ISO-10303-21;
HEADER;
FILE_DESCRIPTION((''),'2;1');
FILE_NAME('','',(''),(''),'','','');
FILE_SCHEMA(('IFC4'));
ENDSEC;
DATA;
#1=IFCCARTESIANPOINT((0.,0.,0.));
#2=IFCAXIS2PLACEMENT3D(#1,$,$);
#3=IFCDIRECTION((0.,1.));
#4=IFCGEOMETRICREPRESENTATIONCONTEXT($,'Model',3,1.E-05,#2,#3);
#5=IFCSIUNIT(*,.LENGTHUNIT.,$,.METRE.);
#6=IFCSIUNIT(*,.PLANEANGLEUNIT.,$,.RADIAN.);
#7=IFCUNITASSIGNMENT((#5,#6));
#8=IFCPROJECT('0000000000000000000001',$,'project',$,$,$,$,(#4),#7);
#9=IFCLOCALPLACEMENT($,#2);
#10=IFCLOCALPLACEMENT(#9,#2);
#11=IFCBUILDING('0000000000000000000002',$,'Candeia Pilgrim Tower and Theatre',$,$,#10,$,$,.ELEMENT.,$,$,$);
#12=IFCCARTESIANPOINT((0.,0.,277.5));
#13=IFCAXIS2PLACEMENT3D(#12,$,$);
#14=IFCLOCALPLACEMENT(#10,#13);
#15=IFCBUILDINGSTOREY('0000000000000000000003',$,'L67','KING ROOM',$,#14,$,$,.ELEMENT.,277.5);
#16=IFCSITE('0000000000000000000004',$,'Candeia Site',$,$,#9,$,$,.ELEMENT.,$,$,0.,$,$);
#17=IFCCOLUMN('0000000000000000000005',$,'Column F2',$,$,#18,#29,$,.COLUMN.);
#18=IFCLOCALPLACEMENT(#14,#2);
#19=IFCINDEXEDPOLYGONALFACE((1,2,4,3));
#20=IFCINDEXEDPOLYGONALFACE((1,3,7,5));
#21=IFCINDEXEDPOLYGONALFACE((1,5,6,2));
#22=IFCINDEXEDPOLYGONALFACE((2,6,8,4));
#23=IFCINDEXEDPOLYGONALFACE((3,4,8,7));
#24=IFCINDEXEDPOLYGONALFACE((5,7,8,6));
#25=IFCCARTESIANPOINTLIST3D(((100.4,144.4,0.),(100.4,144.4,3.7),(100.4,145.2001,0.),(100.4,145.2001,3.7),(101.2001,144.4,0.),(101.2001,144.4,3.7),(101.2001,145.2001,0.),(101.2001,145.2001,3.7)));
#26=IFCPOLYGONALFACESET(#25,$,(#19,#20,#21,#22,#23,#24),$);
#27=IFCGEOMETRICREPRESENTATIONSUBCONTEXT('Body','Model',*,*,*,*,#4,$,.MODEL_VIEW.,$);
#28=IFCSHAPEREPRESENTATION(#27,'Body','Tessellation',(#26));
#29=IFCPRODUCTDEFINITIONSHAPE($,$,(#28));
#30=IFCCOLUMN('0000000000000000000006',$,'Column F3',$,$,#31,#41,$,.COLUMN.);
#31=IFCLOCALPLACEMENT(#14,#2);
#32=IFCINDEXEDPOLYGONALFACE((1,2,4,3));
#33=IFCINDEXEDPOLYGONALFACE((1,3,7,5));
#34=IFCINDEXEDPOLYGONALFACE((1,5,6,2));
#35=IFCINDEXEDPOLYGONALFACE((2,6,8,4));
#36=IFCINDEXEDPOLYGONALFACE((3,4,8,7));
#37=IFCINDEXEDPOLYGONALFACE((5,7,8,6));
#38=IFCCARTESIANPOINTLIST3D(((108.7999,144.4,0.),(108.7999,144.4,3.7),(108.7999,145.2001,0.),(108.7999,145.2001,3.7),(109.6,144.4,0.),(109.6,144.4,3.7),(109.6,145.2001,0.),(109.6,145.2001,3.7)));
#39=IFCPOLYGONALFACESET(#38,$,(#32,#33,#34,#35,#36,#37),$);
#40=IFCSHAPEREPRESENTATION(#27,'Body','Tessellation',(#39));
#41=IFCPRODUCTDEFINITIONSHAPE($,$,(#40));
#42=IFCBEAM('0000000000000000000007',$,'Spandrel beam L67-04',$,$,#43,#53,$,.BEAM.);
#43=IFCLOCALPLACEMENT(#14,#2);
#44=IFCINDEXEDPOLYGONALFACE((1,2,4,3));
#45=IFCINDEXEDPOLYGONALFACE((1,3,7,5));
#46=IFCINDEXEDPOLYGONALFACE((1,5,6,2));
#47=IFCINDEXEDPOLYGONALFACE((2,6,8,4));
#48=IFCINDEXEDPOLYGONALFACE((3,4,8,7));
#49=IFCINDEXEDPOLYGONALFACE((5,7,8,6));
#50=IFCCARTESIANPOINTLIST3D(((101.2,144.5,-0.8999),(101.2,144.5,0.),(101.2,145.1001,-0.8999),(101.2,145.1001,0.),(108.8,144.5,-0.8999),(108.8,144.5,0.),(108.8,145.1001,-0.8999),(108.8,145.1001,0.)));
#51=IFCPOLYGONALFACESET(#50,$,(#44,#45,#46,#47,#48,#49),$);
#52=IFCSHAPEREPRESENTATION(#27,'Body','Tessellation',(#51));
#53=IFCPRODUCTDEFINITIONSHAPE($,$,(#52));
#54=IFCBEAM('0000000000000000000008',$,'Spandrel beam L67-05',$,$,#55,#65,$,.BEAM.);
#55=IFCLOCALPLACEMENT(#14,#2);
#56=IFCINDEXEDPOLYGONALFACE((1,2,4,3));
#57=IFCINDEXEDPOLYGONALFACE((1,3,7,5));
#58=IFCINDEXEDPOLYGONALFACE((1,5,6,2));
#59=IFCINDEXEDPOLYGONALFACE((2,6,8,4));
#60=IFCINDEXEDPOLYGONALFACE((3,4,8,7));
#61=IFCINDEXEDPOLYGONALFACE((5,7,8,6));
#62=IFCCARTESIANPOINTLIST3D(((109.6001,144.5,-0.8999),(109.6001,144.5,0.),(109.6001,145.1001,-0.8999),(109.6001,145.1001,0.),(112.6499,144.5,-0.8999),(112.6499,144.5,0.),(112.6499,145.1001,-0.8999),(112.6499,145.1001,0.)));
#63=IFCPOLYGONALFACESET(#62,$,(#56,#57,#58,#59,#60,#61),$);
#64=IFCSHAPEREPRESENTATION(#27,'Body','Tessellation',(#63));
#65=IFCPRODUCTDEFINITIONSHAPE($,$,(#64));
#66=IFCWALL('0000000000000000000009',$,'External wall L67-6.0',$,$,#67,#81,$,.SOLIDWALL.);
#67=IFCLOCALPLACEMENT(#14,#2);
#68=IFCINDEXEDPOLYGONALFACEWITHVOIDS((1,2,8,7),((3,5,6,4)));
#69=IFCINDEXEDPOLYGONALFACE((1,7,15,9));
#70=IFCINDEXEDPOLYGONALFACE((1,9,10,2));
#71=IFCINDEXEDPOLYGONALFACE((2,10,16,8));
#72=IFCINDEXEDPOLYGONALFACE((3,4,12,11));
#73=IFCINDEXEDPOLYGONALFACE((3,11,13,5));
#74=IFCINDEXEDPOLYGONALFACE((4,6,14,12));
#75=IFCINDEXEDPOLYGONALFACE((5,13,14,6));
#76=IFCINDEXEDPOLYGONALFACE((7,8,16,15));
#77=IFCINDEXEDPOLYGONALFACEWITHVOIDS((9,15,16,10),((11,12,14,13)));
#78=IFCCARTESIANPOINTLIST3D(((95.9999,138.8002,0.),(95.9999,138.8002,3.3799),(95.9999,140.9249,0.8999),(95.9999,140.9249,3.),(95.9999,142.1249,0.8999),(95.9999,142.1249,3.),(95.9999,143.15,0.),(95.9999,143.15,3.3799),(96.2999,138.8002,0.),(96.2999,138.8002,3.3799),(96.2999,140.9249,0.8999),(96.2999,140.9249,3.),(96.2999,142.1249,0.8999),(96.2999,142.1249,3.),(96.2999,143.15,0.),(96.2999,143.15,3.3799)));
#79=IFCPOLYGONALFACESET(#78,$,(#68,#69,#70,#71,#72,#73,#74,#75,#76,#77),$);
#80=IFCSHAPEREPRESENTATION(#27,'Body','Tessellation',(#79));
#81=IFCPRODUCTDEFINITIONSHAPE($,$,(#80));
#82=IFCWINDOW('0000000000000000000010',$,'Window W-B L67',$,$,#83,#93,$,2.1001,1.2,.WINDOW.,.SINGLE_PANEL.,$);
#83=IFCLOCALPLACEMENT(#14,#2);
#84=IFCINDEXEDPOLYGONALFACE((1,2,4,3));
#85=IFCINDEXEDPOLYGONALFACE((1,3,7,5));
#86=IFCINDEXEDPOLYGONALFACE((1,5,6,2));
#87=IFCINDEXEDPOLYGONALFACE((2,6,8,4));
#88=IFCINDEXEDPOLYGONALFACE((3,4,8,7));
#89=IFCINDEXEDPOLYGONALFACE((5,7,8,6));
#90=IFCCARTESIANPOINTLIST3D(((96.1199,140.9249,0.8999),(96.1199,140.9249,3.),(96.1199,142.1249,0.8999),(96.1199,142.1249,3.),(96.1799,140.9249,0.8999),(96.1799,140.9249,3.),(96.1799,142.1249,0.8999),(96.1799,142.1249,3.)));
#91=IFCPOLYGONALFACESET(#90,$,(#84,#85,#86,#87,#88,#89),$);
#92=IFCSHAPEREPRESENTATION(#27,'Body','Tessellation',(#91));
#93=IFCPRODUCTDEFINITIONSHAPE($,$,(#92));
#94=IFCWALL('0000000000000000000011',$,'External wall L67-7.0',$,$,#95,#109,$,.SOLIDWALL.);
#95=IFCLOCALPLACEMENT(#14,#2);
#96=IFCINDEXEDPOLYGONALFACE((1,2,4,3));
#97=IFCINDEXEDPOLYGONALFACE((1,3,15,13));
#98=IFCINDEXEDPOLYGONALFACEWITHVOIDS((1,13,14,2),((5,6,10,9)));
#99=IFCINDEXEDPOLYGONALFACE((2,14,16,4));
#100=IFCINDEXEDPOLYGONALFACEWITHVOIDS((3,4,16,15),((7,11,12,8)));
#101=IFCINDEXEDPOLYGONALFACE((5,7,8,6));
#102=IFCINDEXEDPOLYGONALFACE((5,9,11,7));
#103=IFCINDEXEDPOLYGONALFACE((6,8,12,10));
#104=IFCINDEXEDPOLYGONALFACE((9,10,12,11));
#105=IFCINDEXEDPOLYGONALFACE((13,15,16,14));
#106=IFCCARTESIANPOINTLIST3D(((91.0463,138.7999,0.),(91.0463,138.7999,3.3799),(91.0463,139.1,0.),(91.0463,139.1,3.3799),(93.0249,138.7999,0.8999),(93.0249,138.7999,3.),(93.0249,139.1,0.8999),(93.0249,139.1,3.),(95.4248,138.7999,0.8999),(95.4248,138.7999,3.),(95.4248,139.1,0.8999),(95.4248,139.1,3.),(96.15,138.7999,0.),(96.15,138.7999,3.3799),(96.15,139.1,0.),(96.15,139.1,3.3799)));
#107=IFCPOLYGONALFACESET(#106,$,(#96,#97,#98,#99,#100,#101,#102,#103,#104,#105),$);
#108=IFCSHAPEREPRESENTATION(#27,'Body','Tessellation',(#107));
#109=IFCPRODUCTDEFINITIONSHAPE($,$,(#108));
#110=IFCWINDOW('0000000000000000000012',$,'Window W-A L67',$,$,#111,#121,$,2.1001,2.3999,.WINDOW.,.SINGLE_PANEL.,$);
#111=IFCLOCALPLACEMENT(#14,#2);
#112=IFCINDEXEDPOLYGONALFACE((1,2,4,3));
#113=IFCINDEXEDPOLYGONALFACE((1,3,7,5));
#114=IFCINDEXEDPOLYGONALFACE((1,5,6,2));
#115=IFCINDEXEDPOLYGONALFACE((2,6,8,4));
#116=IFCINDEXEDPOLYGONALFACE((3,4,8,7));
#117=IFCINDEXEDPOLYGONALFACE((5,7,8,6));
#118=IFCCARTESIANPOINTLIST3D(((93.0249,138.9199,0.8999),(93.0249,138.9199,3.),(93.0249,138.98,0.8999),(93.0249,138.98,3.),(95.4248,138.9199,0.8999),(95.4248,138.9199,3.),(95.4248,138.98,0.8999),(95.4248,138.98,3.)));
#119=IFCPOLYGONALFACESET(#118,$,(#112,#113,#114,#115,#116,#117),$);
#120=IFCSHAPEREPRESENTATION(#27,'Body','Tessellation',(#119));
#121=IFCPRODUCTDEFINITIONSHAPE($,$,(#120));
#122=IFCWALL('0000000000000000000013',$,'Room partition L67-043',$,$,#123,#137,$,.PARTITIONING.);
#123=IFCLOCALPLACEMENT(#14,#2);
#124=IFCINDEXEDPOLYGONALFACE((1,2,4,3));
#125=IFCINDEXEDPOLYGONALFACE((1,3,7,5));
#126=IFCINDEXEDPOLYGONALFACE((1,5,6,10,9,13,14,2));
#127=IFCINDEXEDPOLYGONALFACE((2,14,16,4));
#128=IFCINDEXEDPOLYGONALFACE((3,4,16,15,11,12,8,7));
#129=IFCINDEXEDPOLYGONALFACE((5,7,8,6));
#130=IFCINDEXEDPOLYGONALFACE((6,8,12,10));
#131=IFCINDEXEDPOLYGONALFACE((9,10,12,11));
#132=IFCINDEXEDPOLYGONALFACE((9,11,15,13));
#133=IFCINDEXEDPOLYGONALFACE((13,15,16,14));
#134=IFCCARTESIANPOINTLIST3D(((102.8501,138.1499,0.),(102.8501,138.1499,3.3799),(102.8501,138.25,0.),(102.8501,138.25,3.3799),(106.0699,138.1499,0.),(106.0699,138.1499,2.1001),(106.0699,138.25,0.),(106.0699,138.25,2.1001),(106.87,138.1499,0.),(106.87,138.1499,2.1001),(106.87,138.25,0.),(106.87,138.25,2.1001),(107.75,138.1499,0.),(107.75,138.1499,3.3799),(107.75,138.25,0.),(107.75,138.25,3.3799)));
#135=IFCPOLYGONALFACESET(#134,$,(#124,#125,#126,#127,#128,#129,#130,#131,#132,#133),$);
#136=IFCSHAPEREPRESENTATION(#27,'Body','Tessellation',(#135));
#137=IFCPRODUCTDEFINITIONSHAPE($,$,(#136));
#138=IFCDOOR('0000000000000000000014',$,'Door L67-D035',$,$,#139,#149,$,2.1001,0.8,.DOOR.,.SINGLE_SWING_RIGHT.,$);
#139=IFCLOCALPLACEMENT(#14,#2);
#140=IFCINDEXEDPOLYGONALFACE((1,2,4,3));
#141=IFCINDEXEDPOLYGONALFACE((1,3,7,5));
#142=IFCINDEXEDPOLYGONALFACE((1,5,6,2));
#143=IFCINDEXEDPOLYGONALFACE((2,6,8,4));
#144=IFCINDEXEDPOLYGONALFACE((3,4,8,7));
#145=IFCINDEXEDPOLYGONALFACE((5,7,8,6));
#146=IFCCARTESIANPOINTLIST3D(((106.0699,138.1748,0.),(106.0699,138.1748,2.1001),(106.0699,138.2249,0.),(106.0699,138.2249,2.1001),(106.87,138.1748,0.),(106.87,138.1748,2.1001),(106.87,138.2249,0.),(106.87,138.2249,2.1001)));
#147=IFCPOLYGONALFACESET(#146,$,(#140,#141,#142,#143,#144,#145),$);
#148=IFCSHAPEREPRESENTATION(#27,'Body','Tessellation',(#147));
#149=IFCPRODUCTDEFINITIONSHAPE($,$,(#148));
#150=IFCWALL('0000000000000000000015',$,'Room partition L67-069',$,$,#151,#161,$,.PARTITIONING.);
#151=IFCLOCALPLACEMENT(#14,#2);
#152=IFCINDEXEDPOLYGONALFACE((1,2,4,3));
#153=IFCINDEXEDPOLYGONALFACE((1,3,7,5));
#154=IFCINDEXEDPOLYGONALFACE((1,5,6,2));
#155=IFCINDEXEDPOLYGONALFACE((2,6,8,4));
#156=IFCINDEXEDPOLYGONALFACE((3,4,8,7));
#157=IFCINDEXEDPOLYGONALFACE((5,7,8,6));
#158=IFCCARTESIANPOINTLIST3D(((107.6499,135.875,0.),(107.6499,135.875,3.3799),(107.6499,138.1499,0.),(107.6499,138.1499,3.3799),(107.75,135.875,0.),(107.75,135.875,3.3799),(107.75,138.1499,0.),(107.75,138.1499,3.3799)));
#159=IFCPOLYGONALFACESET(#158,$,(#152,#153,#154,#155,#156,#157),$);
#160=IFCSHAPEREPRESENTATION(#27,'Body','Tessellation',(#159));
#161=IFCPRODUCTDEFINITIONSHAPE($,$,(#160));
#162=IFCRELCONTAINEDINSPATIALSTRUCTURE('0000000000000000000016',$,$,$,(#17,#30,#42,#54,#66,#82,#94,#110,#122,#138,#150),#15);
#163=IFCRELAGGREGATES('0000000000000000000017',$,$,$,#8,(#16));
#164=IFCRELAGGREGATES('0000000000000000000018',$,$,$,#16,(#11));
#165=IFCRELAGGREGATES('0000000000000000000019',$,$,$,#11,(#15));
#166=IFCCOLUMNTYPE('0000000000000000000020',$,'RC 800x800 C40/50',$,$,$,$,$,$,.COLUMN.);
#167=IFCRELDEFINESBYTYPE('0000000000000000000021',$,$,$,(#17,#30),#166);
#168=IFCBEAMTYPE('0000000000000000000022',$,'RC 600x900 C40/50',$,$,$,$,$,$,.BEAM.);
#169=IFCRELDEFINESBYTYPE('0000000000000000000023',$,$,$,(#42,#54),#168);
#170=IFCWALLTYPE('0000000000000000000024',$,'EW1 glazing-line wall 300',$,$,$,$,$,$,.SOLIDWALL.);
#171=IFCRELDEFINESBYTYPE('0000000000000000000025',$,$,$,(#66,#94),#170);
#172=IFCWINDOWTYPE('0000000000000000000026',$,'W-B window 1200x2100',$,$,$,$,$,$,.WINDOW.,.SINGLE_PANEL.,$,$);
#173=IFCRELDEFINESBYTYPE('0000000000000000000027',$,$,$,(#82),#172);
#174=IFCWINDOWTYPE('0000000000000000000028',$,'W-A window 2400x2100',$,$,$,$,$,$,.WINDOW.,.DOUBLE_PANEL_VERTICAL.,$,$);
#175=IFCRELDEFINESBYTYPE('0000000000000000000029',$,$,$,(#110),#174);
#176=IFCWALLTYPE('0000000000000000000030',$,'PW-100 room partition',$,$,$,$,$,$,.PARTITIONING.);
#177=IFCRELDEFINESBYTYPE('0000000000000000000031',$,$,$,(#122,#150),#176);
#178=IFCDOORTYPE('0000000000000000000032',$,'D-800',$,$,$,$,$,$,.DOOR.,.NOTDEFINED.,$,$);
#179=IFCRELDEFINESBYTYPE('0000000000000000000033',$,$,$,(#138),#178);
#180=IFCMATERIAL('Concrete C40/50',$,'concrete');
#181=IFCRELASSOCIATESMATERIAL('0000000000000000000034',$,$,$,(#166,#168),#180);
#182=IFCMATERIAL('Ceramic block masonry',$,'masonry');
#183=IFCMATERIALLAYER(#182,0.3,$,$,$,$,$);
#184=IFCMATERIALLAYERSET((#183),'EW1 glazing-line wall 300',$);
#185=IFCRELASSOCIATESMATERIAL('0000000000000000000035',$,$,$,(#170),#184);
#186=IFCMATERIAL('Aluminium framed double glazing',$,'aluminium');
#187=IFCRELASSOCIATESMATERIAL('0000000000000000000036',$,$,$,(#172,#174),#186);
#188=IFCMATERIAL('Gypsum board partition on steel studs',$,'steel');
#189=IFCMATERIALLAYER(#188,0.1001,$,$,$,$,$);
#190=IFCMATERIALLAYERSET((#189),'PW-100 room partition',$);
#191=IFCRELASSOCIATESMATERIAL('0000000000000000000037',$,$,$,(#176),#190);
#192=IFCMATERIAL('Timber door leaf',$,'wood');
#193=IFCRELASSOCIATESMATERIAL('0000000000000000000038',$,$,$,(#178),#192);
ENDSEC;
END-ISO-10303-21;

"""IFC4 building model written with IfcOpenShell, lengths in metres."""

from ifc_helpers import new_model, si_unit, direction, frame, frame_2d, origin, origin_2d, place, context, subcontext, project, spatial, rectangle, extrude, material, layer, layer_set, material_profile, profile_set, type_object, element, fill, save


model = new_model("IFC4")

# Units and contexts
model_context = context("Model", 3, precision=1e-05, world=origin(), true_north=direction((0.0, 1.0)))
body_context = subcontext(model_context, "Body", "Model", "MODEL_VIEW")
ifc_project = project(units=[si_unit("LENGTHUNIT", "METRE"), si_unit("PLANEANGLEUNIT", "RADIAN")], contexts=[model_context])

# Site, building, storey
site_placement = place(None, origin())
site = spatial("IfcSite", under=ifc_project, at=site_placement, Name="Candeia Site", CompositionType="ELEMENT", RefElevation=0.0)
building_placement = place(site_placement, origin())
building = spatial("IfcBuilding", under=site, at=building_placement, Name="Candeia Pilgrim Tower and Theatre", CompositionType="ELEMENT")
storey_placement = place(building_placement, frame((0.0, 0.0, 277.5)))
storey = spatial("IfcBuildingStorey", under=building, at=storey_placement, Name="L67", Description="KING ROOM", CompositionType="ELEMENT", Elevation=277.5)

# Columns
ifc_material_1 = material(Name="Concrete C40/50", Category="concrete")
ifc_material_profile_1 = material_profile(ifc_material_1, rectangle(XDim=0.8, YDim=0.8, at=origin_2d()))
ifc_profile_set_1 = profile_set([ifc_material_profile_1], Name="Concrete C40/50")
column_type = type_object("IfcColumnType", Name="RC 800x800 C40/50", PredefinedType="COLUMN", material=ifc_profile_set_1)
for number, where, z_axis, x_axis, name in (
    (1, (100.8, 144.8, 0.0), (0.0, 0.0, 1.0), (1.0, 0.0, 0.0), "Column F2"),
    (2, (109.2, 144.8, 0.0), (0.0, 0.0, 1.0), (1.0, 0.0, 0.0), "Column F3"),
):
    element("IfcColumn", number, at=place(storey_placement, frame(where, z_axis=z_axis, x_axis=x_axis)), inside=storey, type_object=column_type, Name=name, PredefinedType="COLUMN", context=body_context, shape_type="SweptSolid", body=[
        extrude(rectangle(XDim=0.8, YDim=0.8, at=origin_2d()), origin(), (0.0, 0.0, 1.0), 3.7),
    ])

# Beams
ifc_material_profile_2 = material_profile(ifc_material_1, rectangle(XDim=0.6001, YDim=0.8999, at=origin_2d()))
ifc_profile_set_2 = profile_set([ifc_material_profile_2], Name="Concrete C40/50")
beam_type = type_object("IfcBeamType", Name="RC 600x900 C40/50", PredefinedType="BEAM", material=ifc_profile_set_2)
beam_1_placement = place(storey_placement, frame((101.2, 144.8, -0.45), z_axis=(1.0, 0.0, 0.0), x_axis=(0.0, 1.0, 0.0)))
element("IfcBeam", 3, at=beam_1_placement, inside=storey, type_object=beam_type, Name="Spandrel beam L67-04", PredefinedType="BEAM", context=body_context, shape_type="SweptSolid", body=[
    extrude(rectangle(XDim=0.6001, YDim=0.8999, at=origin_2d()), origin(), (0.0, 0.0, 1.0), 7.6001),
])
beam_2_placement = place(storey_placement, frame((109.6001, 144.8, -0.45), z_axis=(1.0, 0.0, 0.0), x_axis=(0.0, 1.0, 0.0)))
element("IfcBeam", 4, at=beam_2_placement, inside=storey, type_object=beam_type, Name="Spandrel beam L67-05", PredefinedType="BEAM", context=body_context, shape_type="SweptSolid", body=[
    extrude(rectangle(XDim=0.6001, YDim=0.8999, at=origin_2d()), origin(), (0.0, 0.0, 1.0), 3.0498),
])

# Walls, openings, windows
ifc_material_2 = material(Name="Ceramic block masonry", Category="masonry")
ifc_layer_1 = layer(ifc_material_2, 0.3)
ifc_layer_set_1 = layer_set([ifc_layer_1], Name="EW1 glazing-line wall 300")
wall_type_1 = type_object("IfcWallType", Name="EW1 glazing-line wall 300", PredefinedType="SOLIDWALL", material=ifc_layer_set_1)
wall_1_placement = place(storey_placement, frame((96.1499, 143.1499, 0.0), z_axis=(0.0, 0.0, 1.0), x_axis=(0.0, -1.0, 0.0)))
wall_1 = element("IfcWall", 5, at=wall_1_placement, inside=storey, type_object=wall_type_1, Name="External wall L67-6.0", PredefinedType="SOLIDWALL", context=body_context, shape_type="SweptSolid", body=[
    extrude(rectangle(XDim=4.3499, YDim=0.3, at=frame_2d((2.1748, 0.0))), origin(), (0.0, 0.0, 1.0), 3.3799),
])
opening_1_placement = place(wall_1_placement, frame((1.0249, 0.0, 0.8999)))
opening_1 = element("IfcOpeningElement", 6, at=opening_1_placement, cuts=wall_1, PredefinedType="OPENING", context=body_context, shape_type="SweptSolid", body=[
    extrude(rectangle(XDim=1.2, YDim=2.1001, at=frame_2d((0.6001, 1.05))), frame((0.0, 0.1602, 0.0), z_axis=(0.0, -1.0, 0.0), x_axis=(1.0, 0.0, 0.0)), (0.0, 0.0, 1.0), 0.3201),
])
ifc_material_3 = material(Name="Aluminium framed double glazing", Category="aluminium")
window_type_1 = type_object("IfcWindowType", Name="W-B window 1200x2100", PartitioningType="SINGLE_PANEL", PredefinedType="WINDOW", material=ifc_material_3)
window_1_placement = place(opening_1_placement, origin())
window_1 = element("IfcWindow", 7, at=window_1_placement, inside=storey, type_object=window_type_1, Name="Window W-B L67", OverallHeight=2.1001, OverallWidth=1.2, PartitioningType="SINGLE_PANEL", PredefinedType="WINDOW", context=body_context, shape_type="SweptSolid", body=[
    extrude(rectangle(XDim=1.2, YDim=2.1001, at=frame_2d((0.6001, 1.05))), frame((0.0, 0.03, 0.0), z_axis=(0.0, -1.0, 0.0), x_axis=(1.0, 0.0, 0.0)), (0.0, 0.0, 1.0), 0.0601),
])
fill(opening_1, window_1)
wall_2_placement = place(storey_placement, frame((96.1499, 138.95, 0.0), z_axis=(0.0, 0.0, 1.0), x_axis=(-1.0, 0.0, 0.0)))
wall_2 = element("IfcWall", 8, at=wall_2_placement, inside=storey, type_object=wall_type_1, Name="External wall L67-7.0", PredefinedType="SOLIDWALL", context=body_context, shape_type="SweptSolid", body=[
    extrude(rectangle(XDim=5.1038, YDim=0.3, at=frame_2d((2.5518, 0.0))), origin(), (0.0, 0.0, 1.0), 3.3799),
])
opening_2_placement = place(wall_2_placement, frame((0.7251, 0.0, 0.8999)))
opening_2 = element("IfcOpeningElement", 9, at=opening_2_placement, cuts=wall_2, PredefinedType="OPENING", context=body_context, shape_type="SweptSolid", body=[
    extrude(rectangle(XDim=2.3999, YDim=2.1001, at=frame_2d((1.2, 1.05))), frame((0.0, 0.1602, 0.0), z_axis=(0.0, -1.0, 0.0), x_axis=(1.0, 0.0, 0.0)), (0.0, 0.0, 1.0), 0.3201),
])
window_type_2 = type_object("IfcWindowType", Name="W-A window 2400x2100", PartitioningType="DOUBLE_PANEL_VERTICAL", PredefinedType="WINDOW", material=ifc_material_3)
window_2_placement = place(opening_2_placement, origin())
window_2 = element("IfcWindow", 10, at=window_2_placement, inside=storey, type_object=window_type_2, Name="Window W-A L67", OverallHeight=2.1001, OverallWidth=2.3999, PartitioningType="SINGLE_PANEL", PredefinedType="WINDOW", context=body_context, shape_type="SweptSolid", body=[
    extrude(rectangle(XDim=2.3999, YDim=2.1001, at=frame_2d((1.2, 1.05))), frame((0.0, 0.03, 0.0), z_axis=(0.0, -1.0, 0.0), x_axis=(1.0, 0.0, 0.0)), (0.0, 0.0, 1.0), 0.0601),
])
fill(opening_2, window_2)

# Wall, opening, door
ifc_material_4 = material(Name="Gypsum board partition on steel studs", Category="steel")
ifc_layer_2 = layer(ifc_material_4, 0.1001)
ifc_layer_set_2 = layer_set([ifc_layer_2], Name="PW-100 room partition")
wall_type_2 = type_object("IfcWallType", Name="PW-100 room partition", PredefinedType="PARTITIONING", material=ifc_layer_set_2)
wall_3_placement = place(storey_placement, frame((102.8501, 138.2, 0.0), z_axis=(0.0, 0.0, 1.0), x_axis=(1.0, 0.0, 0.0)))
wall_3 = element("IfcWall", 11, at=wall_3_placement, inside=storey, type_object=wall_type_2, Name="Room partition L67-043", PredefinedType="PARTITIONING", context=body_context, shape_type="SweptSolid", body=[
    extrude(rectangle(XDim=4.8999, YDim=0.1001, at=frame_2d((2.45, 0.0))), origin(), (0.0, 0.0, 1.0), 3.3799),
])
opening_3_placement = place(wall_3_placement, frame((3.22, 0.0, 0.0)))
opening_3 = element("IfcOpeningElement", 12, at=opening_3_placement, cuts=wall_3, PredefinedType="OPENING", context=body_context, shape_type="SweptSolid", body=[
    extrude(rectangle(XDim=0.8, YDim=2.1001, at=frame_2d((0.3999, 1.05))), frame((0.0, 0.0601, 0.0), z_axis=(0.0, -1.0, 0.0), x_axis=(1.0, 0.0, 0.0)), (0.0, 0.0, 1.0), 0.1201),
])
ifc_material_5 = material(Name="Timber door leaf", Category="wood")
door_type_1 = type_object("IfcDoorType", Name="D-800", OperationType="NOTDEFINED", PredefinedType="DOOR", material=ifc_material_5)
door_1_placement = place(opening_3_placement, origin())
door_1 = element("IfcDoor", 13, at=door_1_placement, inside=storey, type_object=door_type_1, Name="Door L67-D035", OperationType="SINGLE_SWING_RIGHT", OverallHeight=2.1001, OverallWidth=0.8, PredefinedType="DOOR", context=body_context, shape_type="SweptSolid", body=[
    extrude(rectangle(XDim=0.8, YDim=2.1001, at=frame_2d((0.3999, 1.05))), frame((0.0, 0.0249, 0.0), z_axis=(0.0, -1.0, 0.0), x_axis=(1.0, 0.0, 0.0)), (0.0, 0.0, 1.0), 0.05),
])
fill(opening_3, door_1)

# Wall
wall_4_placement = place(storey_placement, frame((107.7, 135.875, 0.0), z_axis=(0.0, 0.0, 1.0), x_axis=(0.0, 1.0, 0.0)))
element("IfcWall", 14, at=wall_4_placement, inside=storey, type_object=wall_type_2, Name="Room partition L67-069", PredefinedType="PARTITIONING", context=body_context, shape_type="SweptSolid", body=[
    extrude(rectangle(XDim=2.2749, YDim=0.1001, at=frame_2d((1.1375, 0.0))), origin(), (0.0, 0.0, 1.0), 3.3799),
])

save(model, "model.ifc")
